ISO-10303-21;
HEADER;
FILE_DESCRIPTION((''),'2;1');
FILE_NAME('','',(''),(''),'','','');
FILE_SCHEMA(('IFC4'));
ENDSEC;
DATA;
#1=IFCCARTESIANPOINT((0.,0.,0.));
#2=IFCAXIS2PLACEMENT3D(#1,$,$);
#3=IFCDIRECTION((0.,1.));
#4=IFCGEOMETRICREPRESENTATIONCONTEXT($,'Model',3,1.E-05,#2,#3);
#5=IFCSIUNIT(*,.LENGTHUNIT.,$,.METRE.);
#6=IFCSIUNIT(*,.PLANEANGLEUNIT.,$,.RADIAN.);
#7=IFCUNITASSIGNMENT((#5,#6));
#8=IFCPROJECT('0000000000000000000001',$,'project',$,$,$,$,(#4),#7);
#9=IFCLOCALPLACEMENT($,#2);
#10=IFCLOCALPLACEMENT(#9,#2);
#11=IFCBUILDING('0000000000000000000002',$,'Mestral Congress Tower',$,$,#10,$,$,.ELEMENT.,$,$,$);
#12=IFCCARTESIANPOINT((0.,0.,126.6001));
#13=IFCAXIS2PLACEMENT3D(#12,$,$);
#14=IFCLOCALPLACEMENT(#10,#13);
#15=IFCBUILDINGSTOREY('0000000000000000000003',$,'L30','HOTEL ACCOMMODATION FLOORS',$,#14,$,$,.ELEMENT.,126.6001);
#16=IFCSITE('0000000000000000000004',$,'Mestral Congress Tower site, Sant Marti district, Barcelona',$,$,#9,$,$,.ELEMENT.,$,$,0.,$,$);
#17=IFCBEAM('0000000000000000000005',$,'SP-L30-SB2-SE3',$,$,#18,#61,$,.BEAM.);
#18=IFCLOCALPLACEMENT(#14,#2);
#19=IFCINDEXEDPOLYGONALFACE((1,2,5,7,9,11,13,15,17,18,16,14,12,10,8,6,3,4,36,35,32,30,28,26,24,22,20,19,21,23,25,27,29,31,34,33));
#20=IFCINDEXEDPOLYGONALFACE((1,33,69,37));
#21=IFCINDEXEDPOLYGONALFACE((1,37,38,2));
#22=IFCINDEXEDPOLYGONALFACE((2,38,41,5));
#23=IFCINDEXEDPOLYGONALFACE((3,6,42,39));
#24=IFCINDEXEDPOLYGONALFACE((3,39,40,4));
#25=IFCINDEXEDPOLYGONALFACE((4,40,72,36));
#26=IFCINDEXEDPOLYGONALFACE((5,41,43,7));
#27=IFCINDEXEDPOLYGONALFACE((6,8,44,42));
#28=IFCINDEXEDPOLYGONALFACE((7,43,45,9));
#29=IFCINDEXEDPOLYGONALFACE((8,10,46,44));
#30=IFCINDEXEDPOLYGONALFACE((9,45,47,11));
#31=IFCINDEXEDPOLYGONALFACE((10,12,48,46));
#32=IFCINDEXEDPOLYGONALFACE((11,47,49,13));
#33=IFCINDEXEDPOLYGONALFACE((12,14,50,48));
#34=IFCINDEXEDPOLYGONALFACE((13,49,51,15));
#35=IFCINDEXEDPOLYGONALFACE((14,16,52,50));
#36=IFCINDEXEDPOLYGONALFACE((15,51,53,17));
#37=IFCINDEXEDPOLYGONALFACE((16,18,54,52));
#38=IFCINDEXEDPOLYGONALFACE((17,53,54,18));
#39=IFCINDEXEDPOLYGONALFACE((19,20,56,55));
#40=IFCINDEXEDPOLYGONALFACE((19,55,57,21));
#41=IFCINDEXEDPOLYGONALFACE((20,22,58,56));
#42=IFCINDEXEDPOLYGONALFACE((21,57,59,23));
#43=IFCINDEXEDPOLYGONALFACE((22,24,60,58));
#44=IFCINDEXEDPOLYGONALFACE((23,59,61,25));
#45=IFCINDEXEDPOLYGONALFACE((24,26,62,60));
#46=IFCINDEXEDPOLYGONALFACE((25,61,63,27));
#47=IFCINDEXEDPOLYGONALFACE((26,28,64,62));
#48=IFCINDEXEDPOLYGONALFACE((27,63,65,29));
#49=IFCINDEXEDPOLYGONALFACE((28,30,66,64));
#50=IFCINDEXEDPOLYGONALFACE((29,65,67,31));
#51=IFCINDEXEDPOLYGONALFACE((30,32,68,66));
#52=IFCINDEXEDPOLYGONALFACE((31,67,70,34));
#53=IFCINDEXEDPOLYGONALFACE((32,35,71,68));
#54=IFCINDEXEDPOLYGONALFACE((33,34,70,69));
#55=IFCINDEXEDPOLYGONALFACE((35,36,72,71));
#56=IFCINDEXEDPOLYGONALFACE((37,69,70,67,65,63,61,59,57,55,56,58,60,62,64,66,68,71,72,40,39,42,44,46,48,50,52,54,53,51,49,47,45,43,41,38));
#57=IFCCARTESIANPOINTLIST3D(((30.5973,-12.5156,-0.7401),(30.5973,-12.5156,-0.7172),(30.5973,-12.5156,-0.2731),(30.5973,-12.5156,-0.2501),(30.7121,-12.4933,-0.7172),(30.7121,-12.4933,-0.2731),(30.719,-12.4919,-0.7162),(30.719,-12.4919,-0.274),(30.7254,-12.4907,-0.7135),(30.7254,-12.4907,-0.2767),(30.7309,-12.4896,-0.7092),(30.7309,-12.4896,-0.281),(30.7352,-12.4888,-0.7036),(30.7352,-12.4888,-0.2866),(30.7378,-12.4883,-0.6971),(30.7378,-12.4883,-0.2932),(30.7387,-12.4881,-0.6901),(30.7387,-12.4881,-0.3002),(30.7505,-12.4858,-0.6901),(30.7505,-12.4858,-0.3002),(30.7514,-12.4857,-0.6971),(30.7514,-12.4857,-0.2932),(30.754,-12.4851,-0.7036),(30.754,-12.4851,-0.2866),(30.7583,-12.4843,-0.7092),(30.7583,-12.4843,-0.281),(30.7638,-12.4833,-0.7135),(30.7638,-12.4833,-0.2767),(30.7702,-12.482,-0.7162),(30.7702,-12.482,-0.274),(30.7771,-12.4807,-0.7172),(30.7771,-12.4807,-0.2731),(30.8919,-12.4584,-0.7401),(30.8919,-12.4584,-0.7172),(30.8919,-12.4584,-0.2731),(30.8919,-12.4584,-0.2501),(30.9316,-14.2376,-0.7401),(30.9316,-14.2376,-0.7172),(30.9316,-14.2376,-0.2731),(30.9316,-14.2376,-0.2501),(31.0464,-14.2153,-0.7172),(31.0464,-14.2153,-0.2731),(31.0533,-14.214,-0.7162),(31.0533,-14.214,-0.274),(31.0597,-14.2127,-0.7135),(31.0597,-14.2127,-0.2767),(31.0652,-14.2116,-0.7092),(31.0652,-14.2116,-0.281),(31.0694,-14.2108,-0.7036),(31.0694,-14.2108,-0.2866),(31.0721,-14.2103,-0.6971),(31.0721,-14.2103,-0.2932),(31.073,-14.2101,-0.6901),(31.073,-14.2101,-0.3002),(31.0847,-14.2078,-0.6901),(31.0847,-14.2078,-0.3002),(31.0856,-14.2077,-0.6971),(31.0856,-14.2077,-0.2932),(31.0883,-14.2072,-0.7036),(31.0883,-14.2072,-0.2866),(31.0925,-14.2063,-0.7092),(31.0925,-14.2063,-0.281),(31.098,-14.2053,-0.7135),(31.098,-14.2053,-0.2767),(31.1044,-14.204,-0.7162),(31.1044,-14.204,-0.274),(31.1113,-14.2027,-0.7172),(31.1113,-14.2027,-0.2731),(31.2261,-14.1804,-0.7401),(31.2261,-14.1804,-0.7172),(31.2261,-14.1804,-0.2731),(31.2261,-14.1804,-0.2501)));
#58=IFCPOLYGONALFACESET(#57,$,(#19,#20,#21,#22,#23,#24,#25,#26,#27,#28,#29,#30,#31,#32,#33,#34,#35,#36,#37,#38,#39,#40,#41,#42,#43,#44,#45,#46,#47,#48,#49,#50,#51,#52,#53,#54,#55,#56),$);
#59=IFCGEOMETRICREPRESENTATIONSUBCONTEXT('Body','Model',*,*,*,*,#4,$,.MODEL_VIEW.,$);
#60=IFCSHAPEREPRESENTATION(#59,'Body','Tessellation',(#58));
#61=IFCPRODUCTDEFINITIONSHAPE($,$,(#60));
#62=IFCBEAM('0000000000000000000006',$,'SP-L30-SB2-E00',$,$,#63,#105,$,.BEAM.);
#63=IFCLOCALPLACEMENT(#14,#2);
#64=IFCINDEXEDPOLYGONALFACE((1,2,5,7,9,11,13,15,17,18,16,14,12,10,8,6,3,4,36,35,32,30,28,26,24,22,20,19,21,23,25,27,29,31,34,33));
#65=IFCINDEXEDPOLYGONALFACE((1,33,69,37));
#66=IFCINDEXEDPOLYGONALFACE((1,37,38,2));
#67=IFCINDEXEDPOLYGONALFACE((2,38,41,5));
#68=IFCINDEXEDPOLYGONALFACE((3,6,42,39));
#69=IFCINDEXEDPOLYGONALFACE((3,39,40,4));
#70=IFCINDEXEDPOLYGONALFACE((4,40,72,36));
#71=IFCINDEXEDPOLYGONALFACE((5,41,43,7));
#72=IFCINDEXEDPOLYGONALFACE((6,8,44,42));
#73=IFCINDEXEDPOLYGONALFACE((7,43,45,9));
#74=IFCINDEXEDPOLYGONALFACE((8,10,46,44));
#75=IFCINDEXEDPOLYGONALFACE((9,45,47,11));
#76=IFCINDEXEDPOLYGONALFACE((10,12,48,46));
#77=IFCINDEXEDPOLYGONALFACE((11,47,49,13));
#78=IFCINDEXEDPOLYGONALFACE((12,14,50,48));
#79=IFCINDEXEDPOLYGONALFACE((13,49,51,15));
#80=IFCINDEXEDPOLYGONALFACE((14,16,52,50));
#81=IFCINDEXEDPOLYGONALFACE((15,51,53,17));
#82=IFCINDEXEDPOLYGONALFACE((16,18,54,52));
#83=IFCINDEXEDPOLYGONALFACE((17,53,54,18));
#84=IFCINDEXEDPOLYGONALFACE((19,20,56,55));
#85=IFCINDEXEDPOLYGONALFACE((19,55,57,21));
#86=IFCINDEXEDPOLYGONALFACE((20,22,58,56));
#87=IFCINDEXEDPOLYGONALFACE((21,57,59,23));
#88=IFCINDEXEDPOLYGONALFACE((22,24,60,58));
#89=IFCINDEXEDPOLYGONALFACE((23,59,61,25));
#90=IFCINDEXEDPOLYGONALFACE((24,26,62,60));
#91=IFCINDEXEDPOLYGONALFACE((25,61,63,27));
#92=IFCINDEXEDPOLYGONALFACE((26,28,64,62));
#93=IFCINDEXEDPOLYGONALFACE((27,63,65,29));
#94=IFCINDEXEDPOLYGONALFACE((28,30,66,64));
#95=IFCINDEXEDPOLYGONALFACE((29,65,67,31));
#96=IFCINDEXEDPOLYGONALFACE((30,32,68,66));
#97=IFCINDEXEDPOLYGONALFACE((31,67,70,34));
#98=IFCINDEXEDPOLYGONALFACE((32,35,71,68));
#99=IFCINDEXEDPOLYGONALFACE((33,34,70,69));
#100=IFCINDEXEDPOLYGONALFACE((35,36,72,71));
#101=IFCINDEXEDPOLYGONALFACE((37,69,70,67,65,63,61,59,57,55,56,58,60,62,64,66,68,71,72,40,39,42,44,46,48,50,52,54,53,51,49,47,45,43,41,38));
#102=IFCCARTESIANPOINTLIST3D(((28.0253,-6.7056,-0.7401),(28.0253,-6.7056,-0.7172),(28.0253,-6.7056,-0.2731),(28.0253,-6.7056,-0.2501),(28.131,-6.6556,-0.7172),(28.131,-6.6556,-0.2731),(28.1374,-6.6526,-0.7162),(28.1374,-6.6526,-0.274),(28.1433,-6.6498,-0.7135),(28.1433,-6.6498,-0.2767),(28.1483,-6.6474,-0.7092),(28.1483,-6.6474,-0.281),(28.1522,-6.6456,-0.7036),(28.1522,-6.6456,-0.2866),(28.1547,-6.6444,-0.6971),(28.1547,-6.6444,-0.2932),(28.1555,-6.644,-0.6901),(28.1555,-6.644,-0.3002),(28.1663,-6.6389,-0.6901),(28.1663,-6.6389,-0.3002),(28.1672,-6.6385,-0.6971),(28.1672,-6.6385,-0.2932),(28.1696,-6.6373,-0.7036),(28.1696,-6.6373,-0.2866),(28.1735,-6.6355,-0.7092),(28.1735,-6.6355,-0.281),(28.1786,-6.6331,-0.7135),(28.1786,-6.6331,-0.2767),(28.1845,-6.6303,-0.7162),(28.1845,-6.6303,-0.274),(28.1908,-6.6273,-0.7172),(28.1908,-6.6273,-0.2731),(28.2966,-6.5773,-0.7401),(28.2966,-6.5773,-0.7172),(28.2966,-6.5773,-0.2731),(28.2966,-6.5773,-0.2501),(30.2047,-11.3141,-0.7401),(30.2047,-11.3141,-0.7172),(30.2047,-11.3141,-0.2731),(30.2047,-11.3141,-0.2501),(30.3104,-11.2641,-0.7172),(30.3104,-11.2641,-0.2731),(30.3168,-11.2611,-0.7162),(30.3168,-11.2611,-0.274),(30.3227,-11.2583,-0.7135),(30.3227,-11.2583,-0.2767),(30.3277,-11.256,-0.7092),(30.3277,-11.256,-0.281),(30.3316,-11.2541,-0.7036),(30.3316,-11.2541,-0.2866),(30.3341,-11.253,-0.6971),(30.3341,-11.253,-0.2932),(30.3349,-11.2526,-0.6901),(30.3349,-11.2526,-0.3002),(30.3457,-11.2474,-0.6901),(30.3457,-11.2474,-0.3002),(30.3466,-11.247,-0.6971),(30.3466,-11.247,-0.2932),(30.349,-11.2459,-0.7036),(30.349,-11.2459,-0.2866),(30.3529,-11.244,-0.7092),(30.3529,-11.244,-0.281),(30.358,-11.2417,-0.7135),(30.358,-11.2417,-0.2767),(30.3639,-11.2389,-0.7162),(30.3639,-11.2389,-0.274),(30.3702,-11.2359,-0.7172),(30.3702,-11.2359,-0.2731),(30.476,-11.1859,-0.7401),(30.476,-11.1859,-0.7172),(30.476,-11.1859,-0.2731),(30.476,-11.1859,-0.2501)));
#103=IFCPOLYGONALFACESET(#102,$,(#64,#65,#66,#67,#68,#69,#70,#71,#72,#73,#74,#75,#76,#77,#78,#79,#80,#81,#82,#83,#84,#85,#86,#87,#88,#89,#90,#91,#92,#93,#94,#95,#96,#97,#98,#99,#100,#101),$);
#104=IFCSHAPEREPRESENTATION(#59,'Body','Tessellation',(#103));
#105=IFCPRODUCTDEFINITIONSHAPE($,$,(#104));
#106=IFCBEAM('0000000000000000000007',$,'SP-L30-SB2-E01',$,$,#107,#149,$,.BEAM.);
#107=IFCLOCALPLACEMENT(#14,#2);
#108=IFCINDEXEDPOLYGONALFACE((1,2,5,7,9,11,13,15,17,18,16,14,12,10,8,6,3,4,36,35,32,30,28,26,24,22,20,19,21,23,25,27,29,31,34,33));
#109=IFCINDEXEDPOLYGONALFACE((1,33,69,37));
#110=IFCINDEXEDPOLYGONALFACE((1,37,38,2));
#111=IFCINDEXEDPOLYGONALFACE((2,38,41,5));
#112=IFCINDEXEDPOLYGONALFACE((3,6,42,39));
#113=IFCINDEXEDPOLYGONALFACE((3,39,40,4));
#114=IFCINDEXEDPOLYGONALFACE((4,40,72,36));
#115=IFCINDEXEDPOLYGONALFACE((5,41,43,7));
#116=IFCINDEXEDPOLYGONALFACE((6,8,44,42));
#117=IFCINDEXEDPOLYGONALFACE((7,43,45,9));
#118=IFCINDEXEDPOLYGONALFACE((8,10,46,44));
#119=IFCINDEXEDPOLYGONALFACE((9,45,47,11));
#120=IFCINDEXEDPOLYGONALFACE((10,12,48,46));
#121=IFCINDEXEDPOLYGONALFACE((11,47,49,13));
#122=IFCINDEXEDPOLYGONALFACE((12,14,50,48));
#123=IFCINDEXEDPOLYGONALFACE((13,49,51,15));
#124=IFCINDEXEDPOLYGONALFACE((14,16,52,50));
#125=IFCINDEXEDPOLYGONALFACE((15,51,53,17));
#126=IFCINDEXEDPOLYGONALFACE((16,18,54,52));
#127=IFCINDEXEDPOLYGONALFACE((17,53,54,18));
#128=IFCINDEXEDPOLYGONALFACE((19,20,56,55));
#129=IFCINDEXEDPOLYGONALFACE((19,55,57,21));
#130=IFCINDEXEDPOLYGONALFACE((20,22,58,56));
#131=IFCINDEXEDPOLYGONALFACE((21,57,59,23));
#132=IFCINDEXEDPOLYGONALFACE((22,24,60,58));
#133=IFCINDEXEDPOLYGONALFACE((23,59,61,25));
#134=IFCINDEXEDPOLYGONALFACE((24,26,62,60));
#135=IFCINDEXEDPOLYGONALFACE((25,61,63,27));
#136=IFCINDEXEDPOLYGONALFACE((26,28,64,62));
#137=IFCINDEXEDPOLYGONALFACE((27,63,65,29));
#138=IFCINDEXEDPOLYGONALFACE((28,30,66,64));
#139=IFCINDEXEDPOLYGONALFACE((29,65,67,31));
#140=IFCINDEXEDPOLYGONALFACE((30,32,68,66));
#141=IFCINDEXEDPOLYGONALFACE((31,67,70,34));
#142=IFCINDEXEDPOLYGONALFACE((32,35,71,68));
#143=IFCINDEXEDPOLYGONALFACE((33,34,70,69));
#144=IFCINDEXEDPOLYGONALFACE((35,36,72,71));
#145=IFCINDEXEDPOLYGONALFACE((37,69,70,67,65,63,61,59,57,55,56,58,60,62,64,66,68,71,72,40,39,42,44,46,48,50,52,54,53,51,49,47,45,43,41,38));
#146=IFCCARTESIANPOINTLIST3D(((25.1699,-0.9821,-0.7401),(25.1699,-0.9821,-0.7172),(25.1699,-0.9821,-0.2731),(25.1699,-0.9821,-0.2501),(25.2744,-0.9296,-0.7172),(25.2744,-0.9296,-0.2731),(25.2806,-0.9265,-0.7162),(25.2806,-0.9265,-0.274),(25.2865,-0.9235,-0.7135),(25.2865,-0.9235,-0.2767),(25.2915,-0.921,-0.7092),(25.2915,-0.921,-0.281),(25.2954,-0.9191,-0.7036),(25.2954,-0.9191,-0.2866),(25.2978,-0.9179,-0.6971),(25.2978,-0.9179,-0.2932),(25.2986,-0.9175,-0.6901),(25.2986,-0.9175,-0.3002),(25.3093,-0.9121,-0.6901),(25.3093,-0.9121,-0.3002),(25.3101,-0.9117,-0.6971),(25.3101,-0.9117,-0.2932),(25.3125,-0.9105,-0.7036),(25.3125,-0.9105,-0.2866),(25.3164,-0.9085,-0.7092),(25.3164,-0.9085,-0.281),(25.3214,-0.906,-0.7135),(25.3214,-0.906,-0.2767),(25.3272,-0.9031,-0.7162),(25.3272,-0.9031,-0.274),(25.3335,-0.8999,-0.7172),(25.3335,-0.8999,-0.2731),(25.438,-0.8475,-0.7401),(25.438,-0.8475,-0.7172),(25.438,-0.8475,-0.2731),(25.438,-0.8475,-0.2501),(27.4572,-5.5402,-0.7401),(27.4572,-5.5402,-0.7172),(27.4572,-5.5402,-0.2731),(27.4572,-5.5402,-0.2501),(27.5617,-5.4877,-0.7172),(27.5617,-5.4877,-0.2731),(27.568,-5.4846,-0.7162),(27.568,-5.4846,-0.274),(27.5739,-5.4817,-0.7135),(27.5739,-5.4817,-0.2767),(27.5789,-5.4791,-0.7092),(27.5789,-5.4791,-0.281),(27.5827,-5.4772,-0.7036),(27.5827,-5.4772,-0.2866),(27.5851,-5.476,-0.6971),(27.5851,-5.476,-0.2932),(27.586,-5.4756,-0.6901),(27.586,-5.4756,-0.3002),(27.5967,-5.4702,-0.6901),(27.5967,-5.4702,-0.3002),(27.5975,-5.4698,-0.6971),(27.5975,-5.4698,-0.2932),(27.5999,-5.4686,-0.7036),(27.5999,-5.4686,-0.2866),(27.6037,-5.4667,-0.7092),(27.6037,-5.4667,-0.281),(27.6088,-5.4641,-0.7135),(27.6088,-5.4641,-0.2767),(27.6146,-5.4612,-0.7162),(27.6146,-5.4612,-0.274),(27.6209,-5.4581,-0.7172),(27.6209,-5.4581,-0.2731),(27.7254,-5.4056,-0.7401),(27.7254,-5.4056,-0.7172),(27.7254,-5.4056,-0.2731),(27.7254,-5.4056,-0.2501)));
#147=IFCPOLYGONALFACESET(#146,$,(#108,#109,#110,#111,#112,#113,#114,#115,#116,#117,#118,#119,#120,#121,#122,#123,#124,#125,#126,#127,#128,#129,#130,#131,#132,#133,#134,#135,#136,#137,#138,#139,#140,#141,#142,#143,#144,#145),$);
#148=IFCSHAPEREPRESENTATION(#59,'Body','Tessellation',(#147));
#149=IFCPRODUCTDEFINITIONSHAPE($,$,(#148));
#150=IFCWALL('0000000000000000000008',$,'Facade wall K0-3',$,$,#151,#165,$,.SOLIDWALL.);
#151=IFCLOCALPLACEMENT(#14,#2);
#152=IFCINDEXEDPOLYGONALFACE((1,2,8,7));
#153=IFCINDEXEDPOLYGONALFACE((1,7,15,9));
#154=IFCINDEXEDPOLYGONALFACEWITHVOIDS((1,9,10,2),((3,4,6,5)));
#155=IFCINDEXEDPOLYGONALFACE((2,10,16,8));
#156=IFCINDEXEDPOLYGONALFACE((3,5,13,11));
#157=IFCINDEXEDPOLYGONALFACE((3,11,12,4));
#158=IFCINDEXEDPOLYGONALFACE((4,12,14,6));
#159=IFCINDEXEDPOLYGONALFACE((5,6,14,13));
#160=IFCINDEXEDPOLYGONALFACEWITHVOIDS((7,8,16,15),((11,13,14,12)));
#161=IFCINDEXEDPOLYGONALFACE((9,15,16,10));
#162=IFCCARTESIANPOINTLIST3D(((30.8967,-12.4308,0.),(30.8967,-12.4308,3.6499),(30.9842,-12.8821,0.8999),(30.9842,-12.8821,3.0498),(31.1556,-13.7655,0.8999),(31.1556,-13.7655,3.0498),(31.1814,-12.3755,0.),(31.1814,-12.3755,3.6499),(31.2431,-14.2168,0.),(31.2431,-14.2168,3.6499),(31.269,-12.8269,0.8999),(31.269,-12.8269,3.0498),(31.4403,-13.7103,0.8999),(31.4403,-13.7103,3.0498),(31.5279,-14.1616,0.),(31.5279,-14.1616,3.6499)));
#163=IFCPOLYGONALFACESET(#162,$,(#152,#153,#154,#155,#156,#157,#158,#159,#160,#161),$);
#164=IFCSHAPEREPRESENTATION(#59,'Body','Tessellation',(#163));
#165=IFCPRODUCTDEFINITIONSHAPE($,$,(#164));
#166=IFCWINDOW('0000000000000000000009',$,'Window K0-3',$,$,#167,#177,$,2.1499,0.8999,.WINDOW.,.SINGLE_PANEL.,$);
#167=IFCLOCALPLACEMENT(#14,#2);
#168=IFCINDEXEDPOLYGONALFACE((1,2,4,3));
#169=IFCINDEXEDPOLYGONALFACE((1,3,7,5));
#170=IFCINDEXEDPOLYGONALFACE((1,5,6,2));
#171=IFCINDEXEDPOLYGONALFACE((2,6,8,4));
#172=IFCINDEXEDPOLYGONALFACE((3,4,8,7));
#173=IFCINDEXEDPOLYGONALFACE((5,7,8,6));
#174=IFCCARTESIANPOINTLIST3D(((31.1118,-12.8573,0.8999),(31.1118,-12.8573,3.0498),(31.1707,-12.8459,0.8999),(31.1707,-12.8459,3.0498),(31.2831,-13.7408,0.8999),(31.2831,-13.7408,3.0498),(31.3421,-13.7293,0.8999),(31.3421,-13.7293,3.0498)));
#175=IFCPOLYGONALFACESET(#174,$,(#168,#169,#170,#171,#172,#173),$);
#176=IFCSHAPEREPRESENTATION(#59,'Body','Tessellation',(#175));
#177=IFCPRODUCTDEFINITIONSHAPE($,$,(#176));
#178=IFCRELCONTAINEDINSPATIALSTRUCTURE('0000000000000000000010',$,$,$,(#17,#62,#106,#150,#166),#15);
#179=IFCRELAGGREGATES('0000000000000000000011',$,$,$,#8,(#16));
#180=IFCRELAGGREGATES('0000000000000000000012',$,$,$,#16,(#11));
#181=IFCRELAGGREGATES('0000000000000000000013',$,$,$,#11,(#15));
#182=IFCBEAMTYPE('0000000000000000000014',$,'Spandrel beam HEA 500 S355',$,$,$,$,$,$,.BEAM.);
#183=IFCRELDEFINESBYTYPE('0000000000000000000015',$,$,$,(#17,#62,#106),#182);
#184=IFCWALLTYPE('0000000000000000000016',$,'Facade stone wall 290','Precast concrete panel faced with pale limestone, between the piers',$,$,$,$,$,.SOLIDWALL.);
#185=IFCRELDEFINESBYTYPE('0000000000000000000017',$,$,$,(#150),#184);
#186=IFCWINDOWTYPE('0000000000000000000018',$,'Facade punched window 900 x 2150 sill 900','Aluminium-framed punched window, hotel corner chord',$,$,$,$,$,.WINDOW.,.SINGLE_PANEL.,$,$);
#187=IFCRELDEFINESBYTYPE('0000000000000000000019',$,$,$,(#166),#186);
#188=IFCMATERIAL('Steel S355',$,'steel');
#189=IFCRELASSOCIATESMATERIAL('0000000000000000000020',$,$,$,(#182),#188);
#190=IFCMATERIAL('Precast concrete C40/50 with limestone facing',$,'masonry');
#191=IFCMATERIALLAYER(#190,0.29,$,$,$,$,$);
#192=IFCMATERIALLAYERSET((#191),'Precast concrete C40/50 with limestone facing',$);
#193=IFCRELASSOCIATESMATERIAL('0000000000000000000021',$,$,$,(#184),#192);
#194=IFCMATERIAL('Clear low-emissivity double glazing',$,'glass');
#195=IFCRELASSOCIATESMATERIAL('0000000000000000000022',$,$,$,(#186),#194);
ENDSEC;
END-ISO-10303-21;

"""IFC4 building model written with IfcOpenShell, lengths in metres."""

from ifc_helpers import new_model, si_unit, direction, frame, frame_2d, origin, origin_2d, place, context, subcontext, project, spatial, rectangle, i_section, extrude, material, layer, layer_set, material_profile, profile_set, type_object, element, fill, save


model = new_model("IFC4")

# Units and contexts
model_context = context("Model", 3, precision=1e-05, world=origin(), true_north=direction((0.0, 1.0)))
body_context = subcontext(model_context, "Body", "Model", "MODEL_VIEW")
ifc_project = project(units=[si_unit("LENGTHUNIT", "METRE"), si_unit("PLANEANGLEUNIT", "RADIAN")], contexts=[model_context])

# Site, building, storey
site_placement = place(None, origin())
site = spatial("IfcSite", under=ifc_project, at=site_placement, Name="Mestral Congress Tower site, Sant Marti district, Barcelona", CompositionType="ELEMENT", RefElevation=0.0)
building_placement = place(site_placement, origin())
building = spatial("IfcBuilding", under=site, at=building_placement, Name="Mestral Congress Tower", CompositionType="ELEMENT")
storey_placement = place(building_placement, frame((0.0, 0.0, 126.6001)))
storey = spatial("IfcBuildingStorey", under=building, at=storey_placement, Name="L30", Description="HOTEL ACCOMMODATION FLOORS", CompositionType="ELEMENT", Elevation=126.6001)

# Beams
ifc_material_1 = material(Name="Steel S355", Category="steel")
ifc_material_profile_1 = material_profile(ifc_material_1, i_section(OverallWidth=0.3, OverallDepth=0.49, WebThickness=0.012, FlangeThickness=0.0229, FilletRadius=0.0271, at=origin_2d()), Name="HEA 500")
ifc_profile_set_1 = profile_set([ifc_material_profile_1], Name="Steel S355")
beam_type_1 = type_object("IfcBeamType", Name="Spandrel beam HEA 500 S355", PredefinedType="BEAM", material=ifc_profile_set_1)
beam_1_placement = place(storey_placement, frame((31.0789, -14.209, -0.4951), z_axis=(-0.190546, 0.981678, 0.0), x_axis=(-0.981678, -0.190546, 0.0)))
element("IfcBeam", 1, at=beam_1_placement, inside=storey, type_object=beam_type_1, Name="SP-L30-SB2-SE3", PredefinedType="BEAM", context=body_context, shape_type="SweptSolid", body=[
    extrude(i_section(OverallWidth=0.3, OverallDepth=0.49, WebThickness=0.012, FlangeThickness=0.0229, FilletRadius=0.0271, at=origin_2d()), origin(), (0.0, 0.0, 1.0), 1.7542),
])
beam_2_placement = place(storey_placement, frame((30.3403, -11.25, -0.4951), z_axis=(-0.42751, 0.904011, 0.0), x_axis=(-0.904011, -0.42751, 0.0)))
element("IfcBeam", 2, at=beam_2_placement, inside=storey, type_object=beam_type_1, Name="SP-L30-SB2-E00", PredefinedType="BEAM", context=body_context, shape_type="SweptSolid", body=[
    extrude(i_section(OverallWidth=0.3, OverallDepth=0.49, WebThickness=0.012, FlangeThickness=0.0229, FilletRadius=0.0271, at=origin_2d()), origin(), (0.0, 0.0, 1.0), 5.0979),
])
beam_3_placement = place(storey_placement, frame((27.5913, -5.4729, -0.4951), z_axis=(-0.448515, 0.893775, 0.0), x_axis=(-0.893775, -0.448515, 0.0)))
element("IfcBeam", 3, at=beam_3_placement, inside=storey, type_object=beam_type_1, Name="SP-L30-SB2-E01", PredefinedType="BEAM", context=body_context, shape_type="SweptSolid", body=[
    extrude(i_section(OverallWidth=0.3, OverallDepth=0.49, WebThickness=0.012, FlangeThickness=0.0229, FilletRadius=0.0271, at=origin_2d()), origin(), (0.0, 0.0, 1.0), 5.0999),
])

# Wall, opening, window
ifc_material_2 = material(Name="Precast concrete C40/50 with limestone facing", Category="masonry")
ifc_layer_1 = layer(ifc_material_2, 0.29)
ifc_layer_set_1 = layer_set([ifc_layer_1], Name="Precast concrete C40/50 with limestone facing")
wall_type_1 = type_object("IfcWallType", Name="Facade stone wall 290", Description="Precast concrete panel faced with pale limestone, between the piers", PredefinedType="SOLIDWALL", material=ifc_layer_set_1)
wall_1_placement = place(storey_placement, frame((31.3855, -14.1892, 0.0), z_axis=(0.0, 0.0, 1.0), x_axis=(-0.19041, 0.981705, 0.0)))
wall_1 = element("IfcWall", 4, at=wall_1_placement, inside=storey, type_object=wall_type_1, Name="Facade wall K0-3", PredefinedType="SOLIDWALL", context=body_context, shape_type="SweptSolid", body=[
    extrude(rectangle(XDim=1.8193, YDim=0.29, at=frame_2d((0.9097, 0.0))), origin(), (0.0, 0.0, 1.0), 3.6499),
])
opening_1_placement = place(wall_1_placement, frame((0.4597, 0.0, 0.8999)))
opening_1 = element("IfcOpeningElement", 5, at=opening_1_placement, cuts=wall_1, PredefinedType="OPENING", context=body_context, shape_type="SweptSolid", body=[
    extrude(rectangle(XDim=0.8999, YDim=2.1499, at=frame_2d((0.45, 1.075))), frame((0.0, 0.155, 0.0), z_axis=(0.0, -1.0, 0.0), x_axis=(1.0, 0.0, 0.0)), (0.0, 0.0, 1.0), 0.3101),
])
ifc_material_3 = material(Name="Clear low-emissivity double glazing", Category="glass")
window_type_1 = type_object("IfcWindowType", Name="Facade punched window 900 x 2150 sill 900", Description="Aluminium-framed punched window, hotel corner chord", PartitioningType="SINGLE_PANEL", PredefinedType="WINDOW", material=ifc_material_3)
window_1_placement = place(opening_1_placement, origin())
window_1 = element("IfcWindow", 6, at=window_1_placement, inside=storey, type_object=window_type_1, Name="Window K0-3", OverallHeight=2.1499, OverallWidth=0.8999, PartitioningType="SINGLE_PANEL", PredefinedType="WINDOW", context=body_context, shape_type="SweptSolid", body=[
    extrude(rectangle(XDim=0.8999, YDim=2.1499, at=frame_2d((0.45, 1.075))), frame((0.0, 0.0151, 0.0), z_axis=(0.0, -1.0, 0.0), x_axis=(1.0, 0.0, 0.0)), (0.0, 0.0, 1.0), 0.0601),
])
fill(opening_1, window_1)

save(model, "model.ifc")
